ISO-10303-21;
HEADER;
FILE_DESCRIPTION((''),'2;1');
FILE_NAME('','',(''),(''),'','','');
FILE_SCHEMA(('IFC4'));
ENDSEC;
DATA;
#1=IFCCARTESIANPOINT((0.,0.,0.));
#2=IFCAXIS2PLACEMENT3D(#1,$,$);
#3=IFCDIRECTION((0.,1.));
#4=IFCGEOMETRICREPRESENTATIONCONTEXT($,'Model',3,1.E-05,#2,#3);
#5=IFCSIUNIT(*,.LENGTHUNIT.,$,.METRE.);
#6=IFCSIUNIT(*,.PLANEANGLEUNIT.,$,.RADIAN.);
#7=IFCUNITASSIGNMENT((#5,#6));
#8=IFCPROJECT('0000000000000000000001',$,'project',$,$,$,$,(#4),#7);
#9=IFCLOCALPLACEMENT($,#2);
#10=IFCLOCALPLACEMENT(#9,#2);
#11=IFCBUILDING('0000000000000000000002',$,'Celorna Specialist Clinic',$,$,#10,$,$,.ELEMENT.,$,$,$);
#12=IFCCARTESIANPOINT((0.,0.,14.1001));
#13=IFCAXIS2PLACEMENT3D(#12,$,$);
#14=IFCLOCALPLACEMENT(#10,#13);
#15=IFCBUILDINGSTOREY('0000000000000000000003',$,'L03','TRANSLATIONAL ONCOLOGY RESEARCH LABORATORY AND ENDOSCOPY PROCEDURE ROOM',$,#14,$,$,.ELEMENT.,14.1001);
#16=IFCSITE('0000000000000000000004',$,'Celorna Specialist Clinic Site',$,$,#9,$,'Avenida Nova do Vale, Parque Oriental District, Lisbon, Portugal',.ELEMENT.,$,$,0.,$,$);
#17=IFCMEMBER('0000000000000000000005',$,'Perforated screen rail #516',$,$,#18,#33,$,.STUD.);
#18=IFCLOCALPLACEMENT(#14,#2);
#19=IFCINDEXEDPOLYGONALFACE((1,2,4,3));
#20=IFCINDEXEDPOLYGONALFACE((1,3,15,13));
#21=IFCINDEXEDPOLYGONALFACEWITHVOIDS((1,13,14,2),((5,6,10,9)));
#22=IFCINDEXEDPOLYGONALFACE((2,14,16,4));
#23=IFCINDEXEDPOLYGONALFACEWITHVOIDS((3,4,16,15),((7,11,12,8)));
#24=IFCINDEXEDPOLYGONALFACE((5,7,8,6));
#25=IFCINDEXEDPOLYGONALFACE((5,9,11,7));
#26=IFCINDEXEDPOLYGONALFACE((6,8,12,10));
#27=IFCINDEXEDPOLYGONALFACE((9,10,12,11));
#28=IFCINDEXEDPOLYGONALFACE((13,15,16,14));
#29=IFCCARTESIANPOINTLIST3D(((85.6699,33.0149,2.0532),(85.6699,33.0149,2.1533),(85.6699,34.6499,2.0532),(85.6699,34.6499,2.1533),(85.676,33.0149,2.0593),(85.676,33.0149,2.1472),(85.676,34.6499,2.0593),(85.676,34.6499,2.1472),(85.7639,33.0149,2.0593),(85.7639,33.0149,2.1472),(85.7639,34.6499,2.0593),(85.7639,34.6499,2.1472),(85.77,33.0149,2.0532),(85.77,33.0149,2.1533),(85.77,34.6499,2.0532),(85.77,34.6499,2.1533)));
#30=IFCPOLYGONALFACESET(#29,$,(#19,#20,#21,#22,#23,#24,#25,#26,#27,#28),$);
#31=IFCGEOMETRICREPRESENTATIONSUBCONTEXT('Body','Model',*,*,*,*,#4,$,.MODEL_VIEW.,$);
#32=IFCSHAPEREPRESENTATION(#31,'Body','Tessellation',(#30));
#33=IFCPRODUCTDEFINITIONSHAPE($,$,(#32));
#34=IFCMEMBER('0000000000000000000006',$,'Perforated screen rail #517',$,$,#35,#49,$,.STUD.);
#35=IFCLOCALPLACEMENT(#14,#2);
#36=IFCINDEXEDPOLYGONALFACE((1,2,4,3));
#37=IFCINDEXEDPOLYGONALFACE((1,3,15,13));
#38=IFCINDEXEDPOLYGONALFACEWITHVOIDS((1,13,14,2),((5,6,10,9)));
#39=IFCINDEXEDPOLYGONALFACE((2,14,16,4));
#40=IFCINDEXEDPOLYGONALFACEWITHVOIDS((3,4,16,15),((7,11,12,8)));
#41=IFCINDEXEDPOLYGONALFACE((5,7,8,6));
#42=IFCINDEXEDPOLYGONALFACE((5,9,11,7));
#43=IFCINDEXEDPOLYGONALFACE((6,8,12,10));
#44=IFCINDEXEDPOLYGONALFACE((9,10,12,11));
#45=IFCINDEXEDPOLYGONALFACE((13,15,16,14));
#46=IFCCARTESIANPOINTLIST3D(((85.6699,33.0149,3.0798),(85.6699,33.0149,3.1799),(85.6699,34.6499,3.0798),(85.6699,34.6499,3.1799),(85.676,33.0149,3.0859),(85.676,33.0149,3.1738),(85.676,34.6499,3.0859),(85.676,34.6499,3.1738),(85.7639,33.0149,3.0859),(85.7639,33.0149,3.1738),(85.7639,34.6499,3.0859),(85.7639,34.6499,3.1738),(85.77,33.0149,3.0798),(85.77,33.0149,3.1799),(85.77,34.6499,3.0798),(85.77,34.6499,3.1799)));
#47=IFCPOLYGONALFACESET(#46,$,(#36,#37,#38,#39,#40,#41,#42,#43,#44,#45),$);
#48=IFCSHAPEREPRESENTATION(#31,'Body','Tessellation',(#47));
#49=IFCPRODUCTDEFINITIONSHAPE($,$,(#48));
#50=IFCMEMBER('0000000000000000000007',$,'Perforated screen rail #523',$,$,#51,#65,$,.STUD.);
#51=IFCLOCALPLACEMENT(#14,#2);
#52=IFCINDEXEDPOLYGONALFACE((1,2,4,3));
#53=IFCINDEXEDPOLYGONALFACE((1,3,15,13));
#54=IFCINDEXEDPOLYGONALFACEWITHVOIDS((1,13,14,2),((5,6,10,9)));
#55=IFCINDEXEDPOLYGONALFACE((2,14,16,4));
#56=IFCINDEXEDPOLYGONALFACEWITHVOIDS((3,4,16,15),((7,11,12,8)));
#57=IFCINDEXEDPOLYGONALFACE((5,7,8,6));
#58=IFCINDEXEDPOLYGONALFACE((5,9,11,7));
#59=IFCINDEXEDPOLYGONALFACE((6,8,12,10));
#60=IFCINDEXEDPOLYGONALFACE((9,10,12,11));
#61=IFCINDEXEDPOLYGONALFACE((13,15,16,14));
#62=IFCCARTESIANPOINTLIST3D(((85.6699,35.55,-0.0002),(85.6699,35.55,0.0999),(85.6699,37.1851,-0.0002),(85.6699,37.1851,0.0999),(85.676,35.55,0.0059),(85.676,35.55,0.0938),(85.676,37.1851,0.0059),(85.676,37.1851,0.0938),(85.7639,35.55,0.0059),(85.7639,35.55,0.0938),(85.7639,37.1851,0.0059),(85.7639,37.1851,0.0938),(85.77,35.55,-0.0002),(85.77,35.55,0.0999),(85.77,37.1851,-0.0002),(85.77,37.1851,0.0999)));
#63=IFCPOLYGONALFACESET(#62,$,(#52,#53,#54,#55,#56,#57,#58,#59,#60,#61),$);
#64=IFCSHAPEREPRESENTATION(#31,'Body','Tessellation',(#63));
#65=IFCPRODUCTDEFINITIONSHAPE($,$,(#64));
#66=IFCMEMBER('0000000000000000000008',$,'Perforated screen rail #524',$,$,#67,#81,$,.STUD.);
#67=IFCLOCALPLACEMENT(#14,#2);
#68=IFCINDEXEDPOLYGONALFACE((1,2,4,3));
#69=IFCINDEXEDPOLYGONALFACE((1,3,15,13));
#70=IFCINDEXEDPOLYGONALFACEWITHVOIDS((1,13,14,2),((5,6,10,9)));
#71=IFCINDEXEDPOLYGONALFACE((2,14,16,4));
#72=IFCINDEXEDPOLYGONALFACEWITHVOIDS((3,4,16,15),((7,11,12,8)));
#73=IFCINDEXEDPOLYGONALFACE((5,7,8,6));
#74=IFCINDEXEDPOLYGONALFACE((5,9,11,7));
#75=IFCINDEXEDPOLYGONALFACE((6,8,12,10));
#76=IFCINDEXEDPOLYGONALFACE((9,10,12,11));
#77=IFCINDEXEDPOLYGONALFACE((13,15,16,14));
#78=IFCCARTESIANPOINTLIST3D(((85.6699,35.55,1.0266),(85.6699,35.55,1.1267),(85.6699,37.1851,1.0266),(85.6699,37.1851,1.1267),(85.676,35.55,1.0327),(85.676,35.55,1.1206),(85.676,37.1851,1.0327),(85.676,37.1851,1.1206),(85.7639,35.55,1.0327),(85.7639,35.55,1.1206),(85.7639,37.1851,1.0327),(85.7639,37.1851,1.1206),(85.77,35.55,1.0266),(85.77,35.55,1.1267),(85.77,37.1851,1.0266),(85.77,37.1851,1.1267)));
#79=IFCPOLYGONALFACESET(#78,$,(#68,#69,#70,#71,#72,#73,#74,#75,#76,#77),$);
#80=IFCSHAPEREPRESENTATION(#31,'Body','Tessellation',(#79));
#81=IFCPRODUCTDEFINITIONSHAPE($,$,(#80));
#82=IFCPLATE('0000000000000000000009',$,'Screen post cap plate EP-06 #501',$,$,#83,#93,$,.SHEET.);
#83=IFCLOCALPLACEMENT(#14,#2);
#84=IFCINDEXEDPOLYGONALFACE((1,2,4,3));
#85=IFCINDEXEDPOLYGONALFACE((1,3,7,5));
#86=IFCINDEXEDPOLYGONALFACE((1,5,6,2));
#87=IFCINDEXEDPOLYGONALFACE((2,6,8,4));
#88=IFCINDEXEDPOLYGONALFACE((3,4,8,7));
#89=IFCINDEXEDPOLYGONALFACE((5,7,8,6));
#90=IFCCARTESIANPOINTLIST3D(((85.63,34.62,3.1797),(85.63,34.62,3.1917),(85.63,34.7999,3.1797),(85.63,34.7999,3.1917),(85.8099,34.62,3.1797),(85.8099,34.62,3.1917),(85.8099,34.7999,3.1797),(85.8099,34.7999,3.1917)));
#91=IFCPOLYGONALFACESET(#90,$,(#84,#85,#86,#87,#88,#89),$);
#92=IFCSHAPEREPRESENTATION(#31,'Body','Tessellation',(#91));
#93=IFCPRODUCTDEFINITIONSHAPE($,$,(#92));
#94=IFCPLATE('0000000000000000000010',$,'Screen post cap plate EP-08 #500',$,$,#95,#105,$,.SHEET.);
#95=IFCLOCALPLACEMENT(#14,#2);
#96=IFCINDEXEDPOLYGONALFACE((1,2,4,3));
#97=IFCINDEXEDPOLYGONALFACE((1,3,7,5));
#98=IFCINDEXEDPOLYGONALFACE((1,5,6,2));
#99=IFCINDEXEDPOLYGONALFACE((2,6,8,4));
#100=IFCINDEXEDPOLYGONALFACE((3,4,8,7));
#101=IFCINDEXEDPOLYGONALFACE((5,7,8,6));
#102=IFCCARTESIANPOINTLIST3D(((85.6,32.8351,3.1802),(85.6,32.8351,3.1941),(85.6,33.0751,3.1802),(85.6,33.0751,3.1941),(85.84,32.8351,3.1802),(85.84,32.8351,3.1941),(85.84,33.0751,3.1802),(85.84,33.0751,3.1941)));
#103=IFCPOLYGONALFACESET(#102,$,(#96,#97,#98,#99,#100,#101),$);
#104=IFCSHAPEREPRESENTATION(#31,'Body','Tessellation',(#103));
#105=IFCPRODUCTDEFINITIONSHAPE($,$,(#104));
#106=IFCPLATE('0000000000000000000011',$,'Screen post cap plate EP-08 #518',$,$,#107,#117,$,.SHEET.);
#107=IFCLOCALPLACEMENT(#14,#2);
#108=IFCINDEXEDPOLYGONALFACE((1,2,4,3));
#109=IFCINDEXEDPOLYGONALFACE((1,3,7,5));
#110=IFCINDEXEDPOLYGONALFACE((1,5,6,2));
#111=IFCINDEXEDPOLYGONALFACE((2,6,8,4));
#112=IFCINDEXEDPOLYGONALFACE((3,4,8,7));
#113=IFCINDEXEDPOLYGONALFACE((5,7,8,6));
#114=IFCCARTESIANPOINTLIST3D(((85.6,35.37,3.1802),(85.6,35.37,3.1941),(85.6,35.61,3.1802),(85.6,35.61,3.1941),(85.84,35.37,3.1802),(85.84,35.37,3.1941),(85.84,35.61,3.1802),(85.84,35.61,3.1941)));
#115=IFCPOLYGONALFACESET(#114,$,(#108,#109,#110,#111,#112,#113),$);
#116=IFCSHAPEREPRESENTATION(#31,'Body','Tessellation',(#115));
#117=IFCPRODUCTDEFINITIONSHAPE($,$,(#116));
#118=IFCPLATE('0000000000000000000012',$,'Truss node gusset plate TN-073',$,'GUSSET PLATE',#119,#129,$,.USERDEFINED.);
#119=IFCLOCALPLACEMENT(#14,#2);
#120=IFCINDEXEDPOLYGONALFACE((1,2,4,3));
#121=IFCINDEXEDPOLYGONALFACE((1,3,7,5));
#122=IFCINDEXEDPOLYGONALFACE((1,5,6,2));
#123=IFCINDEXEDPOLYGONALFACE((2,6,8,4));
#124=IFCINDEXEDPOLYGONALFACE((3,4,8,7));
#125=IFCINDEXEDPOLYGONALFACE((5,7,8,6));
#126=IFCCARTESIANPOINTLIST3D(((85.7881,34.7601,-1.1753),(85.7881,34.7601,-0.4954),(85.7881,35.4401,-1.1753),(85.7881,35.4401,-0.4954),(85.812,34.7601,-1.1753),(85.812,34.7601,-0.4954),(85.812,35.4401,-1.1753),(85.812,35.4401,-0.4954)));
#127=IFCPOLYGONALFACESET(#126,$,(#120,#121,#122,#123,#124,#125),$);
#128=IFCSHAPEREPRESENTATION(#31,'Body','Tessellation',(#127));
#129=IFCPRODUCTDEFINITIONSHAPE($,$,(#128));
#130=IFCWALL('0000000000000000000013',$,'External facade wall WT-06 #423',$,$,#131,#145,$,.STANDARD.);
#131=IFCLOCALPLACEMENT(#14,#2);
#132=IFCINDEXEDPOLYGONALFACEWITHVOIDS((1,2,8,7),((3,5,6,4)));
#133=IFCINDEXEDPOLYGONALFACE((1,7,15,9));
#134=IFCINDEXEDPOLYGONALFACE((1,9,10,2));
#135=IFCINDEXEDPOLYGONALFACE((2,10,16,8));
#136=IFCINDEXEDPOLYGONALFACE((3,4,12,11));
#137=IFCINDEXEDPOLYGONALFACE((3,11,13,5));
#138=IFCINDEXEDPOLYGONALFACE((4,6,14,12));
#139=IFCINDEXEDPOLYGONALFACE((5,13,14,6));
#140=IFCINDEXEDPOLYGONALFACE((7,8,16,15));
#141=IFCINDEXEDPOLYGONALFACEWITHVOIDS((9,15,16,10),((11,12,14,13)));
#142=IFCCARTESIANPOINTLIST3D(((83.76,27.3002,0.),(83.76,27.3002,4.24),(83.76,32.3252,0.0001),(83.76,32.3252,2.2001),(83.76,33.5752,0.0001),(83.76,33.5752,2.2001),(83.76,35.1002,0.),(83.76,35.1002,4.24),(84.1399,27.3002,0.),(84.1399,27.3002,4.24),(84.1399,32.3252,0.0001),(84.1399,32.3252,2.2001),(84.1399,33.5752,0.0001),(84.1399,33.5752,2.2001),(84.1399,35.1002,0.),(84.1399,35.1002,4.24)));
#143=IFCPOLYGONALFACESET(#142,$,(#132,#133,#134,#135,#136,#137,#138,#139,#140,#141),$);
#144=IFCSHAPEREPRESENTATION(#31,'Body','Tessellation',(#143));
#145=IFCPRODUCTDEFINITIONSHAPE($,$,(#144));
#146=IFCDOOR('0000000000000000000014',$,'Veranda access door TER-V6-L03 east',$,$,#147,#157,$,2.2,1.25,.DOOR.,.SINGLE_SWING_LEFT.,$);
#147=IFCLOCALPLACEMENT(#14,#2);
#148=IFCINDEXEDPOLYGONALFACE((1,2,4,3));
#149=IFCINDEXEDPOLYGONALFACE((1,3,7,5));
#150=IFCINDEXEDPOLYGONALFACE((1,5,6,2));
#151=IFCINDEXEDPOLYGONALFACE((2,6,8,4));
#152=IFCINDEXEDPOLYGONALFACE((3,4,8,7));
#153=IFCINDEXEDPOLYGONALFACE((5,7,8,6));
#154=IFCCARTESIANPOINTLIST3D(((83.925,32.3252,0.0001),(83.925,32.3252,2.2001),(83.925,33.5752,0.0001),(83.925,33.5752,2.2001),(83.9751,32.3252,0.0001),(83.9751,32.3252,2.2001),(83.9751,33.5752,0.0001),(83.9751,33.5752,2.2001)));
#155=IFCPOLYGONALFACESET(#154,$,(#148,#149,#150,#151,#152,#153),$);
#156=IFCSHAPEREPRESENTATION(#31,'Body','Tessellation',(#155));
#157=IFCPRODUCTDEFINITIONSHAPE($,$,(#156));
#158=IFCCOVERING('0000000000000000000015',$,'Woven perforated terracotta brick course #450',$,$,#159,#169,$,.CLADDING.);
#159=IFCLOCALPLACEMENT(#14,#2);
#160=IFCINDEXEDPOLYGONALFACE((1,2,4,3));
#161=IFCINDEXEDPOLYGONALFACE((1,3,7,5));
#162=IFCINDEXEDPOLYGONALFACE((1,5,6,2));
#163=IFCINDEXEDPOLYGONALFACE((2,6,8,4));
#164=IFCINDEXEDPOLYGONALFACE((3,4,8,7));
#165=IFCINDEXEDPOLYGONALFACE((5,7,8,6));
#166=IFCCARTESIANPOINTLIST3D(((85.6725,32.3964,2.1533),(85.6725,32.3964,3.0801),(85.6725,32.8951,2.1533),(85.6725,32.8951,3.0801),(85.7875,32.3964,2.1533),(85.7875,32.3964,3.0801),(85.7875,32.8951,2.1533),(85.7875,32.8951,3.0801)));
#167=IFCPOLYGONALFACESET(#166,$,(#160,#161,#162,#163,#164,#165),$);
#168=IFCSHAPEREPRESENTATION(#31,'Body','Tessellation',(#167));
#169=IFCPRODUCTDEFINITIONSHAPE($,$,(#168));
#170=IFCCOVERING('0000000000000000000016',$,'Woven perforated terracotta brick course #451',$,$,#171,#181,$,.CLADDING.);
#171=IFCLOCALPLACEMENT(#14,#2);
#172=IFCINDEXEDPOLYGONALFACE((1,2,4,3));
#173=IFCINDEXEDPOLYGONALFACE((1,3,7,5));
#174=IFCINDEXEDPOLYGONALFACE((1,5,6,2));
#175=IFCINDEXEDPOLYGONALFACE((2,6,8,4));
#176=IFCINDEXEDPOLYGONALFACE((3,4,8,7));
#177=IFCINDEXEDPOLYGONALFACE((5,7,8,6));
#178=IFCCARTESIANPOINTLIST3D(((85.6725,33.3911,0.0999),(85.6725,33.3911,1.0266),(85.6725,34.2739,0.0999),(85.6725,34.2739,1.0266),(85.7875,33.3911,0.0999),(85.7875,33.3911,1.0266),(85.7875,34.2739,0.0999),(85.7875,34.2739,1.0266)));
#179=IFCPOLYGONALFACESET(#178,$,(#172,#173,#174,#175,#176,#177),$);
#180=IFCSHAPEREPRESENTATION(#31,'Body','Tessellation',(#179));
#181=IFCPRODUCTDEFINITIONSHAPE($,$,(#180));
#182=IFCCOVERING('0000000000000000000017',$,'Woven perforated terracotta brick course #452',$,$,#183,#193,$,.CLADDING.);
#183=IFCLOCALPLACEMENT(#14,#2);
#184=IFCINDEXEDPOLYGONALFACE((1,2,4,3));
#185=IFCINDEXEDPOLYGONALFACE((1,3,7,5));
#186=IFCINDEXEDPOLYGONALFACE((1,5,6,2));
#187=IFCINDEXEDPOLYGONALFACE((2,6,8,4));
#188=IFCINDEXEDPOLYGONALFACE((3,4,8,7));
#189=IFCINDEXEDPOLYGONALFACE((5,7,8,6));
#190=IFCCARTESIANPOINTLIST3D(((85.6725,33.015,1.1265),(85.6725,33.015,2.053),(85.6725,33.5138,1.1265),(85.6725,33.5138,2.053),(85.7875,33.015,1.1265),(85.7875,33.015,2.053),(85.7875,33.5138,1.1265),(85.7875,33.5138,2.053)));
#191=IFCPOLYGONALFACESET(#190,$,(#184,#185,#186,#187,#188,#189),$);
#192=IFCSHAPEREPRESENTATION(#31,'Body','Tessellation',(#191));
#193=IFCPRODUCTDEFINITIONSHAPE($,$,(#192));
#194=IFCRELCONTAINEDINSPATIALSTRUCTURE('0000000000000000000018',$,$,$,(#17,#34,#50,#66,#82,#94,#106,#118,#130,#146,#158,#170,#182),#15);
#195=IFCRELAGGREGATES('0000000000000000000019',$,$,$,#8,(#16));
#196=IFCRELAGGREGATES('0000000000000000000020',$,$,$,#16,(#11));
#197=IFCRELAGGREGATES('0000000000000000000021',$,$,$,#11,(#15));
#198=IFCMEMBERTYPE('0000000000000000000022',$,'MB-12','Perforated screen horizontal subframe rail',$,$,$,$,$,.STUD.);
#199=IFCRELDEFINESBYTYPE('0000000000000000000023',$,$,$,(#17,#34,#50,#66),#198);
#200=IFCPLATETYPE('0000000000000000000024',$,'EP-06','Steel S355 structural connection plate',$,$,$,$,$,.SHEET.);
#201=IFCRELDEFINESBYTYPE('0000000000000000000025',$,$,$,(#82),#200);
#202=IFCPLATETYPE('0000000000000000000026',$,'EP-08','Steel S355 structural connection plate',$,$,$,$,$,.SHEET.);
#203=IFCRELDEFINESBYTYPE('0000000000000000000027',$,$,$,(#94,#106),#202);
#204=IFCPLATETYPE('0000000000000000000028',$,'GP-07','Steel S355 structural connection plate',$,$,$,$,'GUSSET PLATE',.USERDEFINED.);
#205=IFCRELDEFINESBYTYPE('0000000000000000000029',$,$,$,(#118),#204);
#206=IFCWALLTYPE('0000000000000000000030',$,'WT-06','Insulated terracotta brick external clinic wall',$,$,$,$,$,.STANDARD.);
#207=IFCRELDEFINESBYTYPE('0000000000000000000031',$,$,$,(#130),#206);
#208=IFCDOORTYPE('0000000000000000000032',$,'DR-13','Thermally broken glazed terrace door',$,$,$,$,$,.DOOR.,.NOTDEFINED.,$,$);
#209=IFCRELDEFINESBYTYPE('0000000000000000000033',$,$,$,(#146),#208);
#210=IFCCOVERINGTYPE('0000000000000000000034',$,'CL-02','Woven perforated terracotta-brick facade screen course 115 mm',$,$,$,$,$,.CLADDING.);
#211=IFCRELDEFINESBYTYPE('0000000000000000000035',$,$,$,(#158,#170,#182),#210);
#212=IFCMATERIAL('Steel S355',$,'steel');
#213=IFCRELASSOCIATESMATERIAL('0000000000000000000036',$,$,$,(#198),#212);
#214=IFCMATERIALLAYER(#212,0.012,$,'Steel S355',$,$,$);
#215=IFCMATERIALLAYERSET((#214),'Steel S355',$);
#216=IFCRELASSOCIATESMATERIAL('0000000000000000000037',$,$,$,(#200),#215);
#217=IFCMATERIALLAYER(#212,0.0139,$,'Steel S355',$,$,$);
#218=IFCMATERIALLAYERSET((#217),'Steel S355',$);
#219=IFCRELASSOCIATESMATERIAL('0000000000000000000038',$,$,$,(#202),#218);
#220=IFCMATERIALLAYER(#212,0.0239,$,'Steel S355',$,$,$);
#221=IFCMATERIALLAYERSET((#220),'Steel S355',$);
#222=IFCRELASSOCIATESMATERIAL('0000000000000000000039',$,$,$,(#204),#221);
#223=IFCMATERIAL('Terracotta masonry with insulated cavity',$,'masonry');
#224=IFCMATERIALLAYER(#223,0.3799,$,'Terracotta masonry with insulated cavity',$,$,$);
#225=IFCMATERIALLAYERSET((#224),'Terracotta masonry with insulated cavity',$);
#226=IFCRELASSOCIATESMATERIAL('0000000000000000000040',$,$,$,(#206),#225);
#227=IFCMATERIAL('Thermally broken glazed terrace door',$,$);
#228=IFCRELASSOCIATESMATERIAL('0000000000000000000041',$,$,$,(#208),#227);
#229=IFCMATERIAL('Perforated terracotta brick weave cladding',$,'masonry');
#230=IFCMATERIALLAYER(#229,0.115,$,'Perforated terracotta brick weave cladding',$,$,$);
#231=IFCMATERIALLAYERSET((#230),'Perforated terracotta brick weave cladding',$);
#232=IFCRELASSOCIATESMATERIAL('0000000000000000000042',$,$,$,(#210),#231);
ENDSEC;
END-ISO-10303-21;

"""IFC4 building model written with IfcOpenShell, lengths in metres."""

from ifc_helpers import new_model, si_unit, direction, frame, frame_2d, origin, origin_2d, place, context, subcontext, project, spatial, rectangle, hollow_rectangle, extrude, material, layer, layer_set, material_profile, profile_set, type_object, element, fill, save


model = new_model("IFC4")

# Units and contexts
model_context = context("Model", 3, precision=1e-05, world=origin(), true_north=direction((0.0, 1.0)))
body_context = subcontext(model_context, "Body", "Model", "MODEL_VIEW")
ifc_project = project(units=[si_unit("LENGTHUNIT", "METRE"), si_unit("PLANEANGLEUNIT", "RADIAN")], contexts=[model_context])

# Site, building, storey
site_placement = place(None, origin())
site = spatial("IfcSite", under=ifc_project, at=site_placement, Name="Celorna Specialist Clinic Site", LongName="Avenida Nova do Vale, Parque Oriental District, Lisbon, Portugal", CompositionType="ELEMENT", RefElevation=0.0)
building_placement = place(site_placement, origin())
building = spatial("IfcBuilding", under=site, at=building_placement, Name="Celorna Specialist Clinic", CompositionType="ELEMENT")
storey_placement = place(building_placement, frame((0.0, 0.0, 14.1001)))
storey = spatial("IfcBuildingStorey", under=building, at=storey_placement, Name="L03", Description="TRANSLATIONAL ONCOLOGY RESEARCH LABORATORY AND ENDOSCOPY PROCEDURE ROOM", CompositionType="ELEMENT", Elevation=14.1001)

# Shared definitions
ifc_material_1 = material(Name="Steel S355", Category="steel")

# Members
ifc_material_profile_1 = material_profile(ifc_material_1, hollow_rectangle(XDim=0.1001, YDim=0.1001, WallThickness=0.0061, at=origin_2d()), Name="SHS 100x100x6")
ifc_profile_set_1 = profile_set([ifc_material_profile_1], Name="Steel S355")
member_type_1 = type_object("IfcMemberType", Name="MB-12", Description="Perforated screen horizontal subframe rail", PredefinedType="STUD", material=ifc_profile_set_1)
for number, where, z_axis, x_axis, name in (
    (1, (85.72, 33.0149, 2.1033), (0.0, 1.0, 0.0), (-1.0, 0.0, 0.0), "Perforated screen rail #516"),
    (2, (85.72, 33.0149, 3.1299), (0.0, 1.0, 0.0), (-1.0, 0.0, 0.0), "Perforated screen rail #517"),
    (3, (85.72, 35.55, 0.0498), (0.0, 1.0, 0.0), (-1.0, 0.0, 0.0), "Perforated screen rail #523"),
    (4, (85.72, 35.55, 1.0767), (0.0, 1.0, 0.0), (-1.0, 0.0, 0.0), "Perforated screen rail #524"),
):
    element("IfcMember", number, at=place(storey_placement, frame(where, z_axis=z_axis, x_axis=x_axis)), inside=storey, type_object=member_type_1, Name=name, PredefinedType="STUD", context=body_context, shape_type="SweptSolid", body=[
        extrude(hollow_rectangle(XDim=0.1001, YDim=0.1001, WallThickness=0.0061, at=origin_2d()), origin(), (0.0, 0.0, 1.0), 1.635),
    ])

# Plates
ifc_layer_1 = layer(ifc_material_1, 0.012, Name="Steel S355")
ifc_layer_set_1 = layer_set([ifc_layer_1], Name="Steel S355")
plate_type_1 = type_object("IfcPlateType", Name="EP-06", Description="Steel S355 structural connection plate", PredefinedType="SHEET", material=ifc_layer_set_1)
plate_1_placement = place(storey_placement, frame((85.72, 34.71, 3.1797), z_axis=(0.0, 0.0, 1.0), x_axis=(0.0, 1.0, 0.0)))
element("IfcPlate", 5, at=plate_1_placement, inside=storey, type_object=plate_type_1, Name="Screen post cap plate EP-06 #501", PredefinedType="SHEET", context=body_context, shape_type="SweptSolid", body=[
    extrude(rectangle(XDim=0.1799, YDim=0.1799, at=origin_2d()), origin(), (0.0, 0.0, 1.0), 0.012),
])
ifc_layer_2 = layer(ifc_material_1, 0.0139, Name="Steel S355")
ifc_layer_set_2 = layer_set([ifc_layer_2], Name="Steel S355")
plate_type_2 = type_object("IfcPlateType", Name="EP-08", Description="Steel S355 structural connection plate", PredefinedType="SHEET", material=ifc_layer_set_2)
for number, where, z_axis, x_axis, name in (
    (6, (85.72, 32.9551, 3.1802), (0.0, 0.0, 1.0), (0.0, 1.0, 0.0), "Screen post cap plate EP-08 #500"),
    (7, (85.72, 35.49, 3.1802), (0.0, 0.0, 1.0), (0.0, 1.0, 0.0), "Screen post cap plate EP-08 #518"),
):
    element("IfcPlate", number, at=place(storey_placement, frame(where, z_axis=z_axis, x_axis=x_axis)), inside=storey, type_object=plate_type_2, Name=name, PredefinedType="SHEET", context=body_context, shape_type="SweptSolid", body=[
        extrude(rectangle(XDim=0.24, YDim=0.24, at=origin_2d()), origin(), (0.0, 0.0, 1.0), 0.0139),
    ])
ifc_layer_3 = layer(ifc_material_1, 0.0239, Name="Steel S355")
ifc_layer_set_3 = layer_set([ifc_layer_3], Name="Steel S355")
plate_type_3 = type_object("IfcPlateType", Name="GP-07", Description="Steel S355 structural connection plate", ElementType="GUSSET PLATE", PredefinedType="USERDEFINED", material=ifc_layer_set_3)
plate_2_placement = place(storey_placement, frame((85.8, 35.1001, -1.1753), z_axis=(0.0, 0.0, 1.0), x_axis=(0.0, 1.0, 0.0)))
element("IfcPlate", 8, at=plate_2_placement, inside=storey, type_object=plate_type_3, Name="Truss node gusset plate TN-073", ObjectType="GUSSET PLATE", PredefinedType="USERDEFINED", context=body_context, shape_type="SweptSolid", body=[
    extrude(rectangle(XDim=0.6799, YDim=0.0239, at=origin_2d()), origin(), (0.0, 0.0, 1.0), 0.6799),
])

# Wall, opening, door
ifc_material_2 = material(Name="Terracotta masonry with insulated cavity", Category="masonry")
ifc_layer_4 = layer(ifc_material_2, 0.3799, Name="Terracotta masonry with insulated cavity")
ifc_layer_set_4 = layer_set([ifc_layer_4], Name="Terracotta masonry with insulated cavity")
wall_type = type_object("IfcWallType", Name="WT-06", Description="Insulated terracotta brick external clinic wall", PredefinedType="STANDARD", material=ifc_layer_set_4)
wall_placement = place(storey_placement, frame((83.95, 35.1001, 0.0), z_axis=(0.0, 0.0, 1.0), x_axis=(0.0, -1.0, 0.0)))
wall = element("IfcWall", 9, at=wall_placement, inside=storey, type_object=wall_type, Name="External facade wall WT-06 #423", PredefinedType="STANDARD", context=body_context, shape_type="SweptSolid", body=[
    extrude(rectangle(XDim=7.8, YDim=0.3799, at=frame_2d((3.8999, 0.0))), origin(), (0.0, 0.0, 1.0), 4.24),
])
opening_placement = place(wall_placement, frame((1.5249, 0.0, 0.0)))
opening = element("IfcOpeningElement", 10, at=opening_placement, cuts=wall, PredefinedType="OPENING", context=body_context, shape_type="SweptSolid", body=[
    extrude(rectangle(XDim=1.25, YDim=2.2, at=frame_2d((0.625, 1.1001))), frame((0.0, 0.2, 0.0), z_axis=(0.0, -1.0, 0.0), x_axis=(1.0, 0.0, 0.0)), (0.0, 0.0, 1.0), 0.3999),
])
ifc_material_3 = material(Name="Thermally broken glazed terrace door")
door_type = type_object("IfcDoorType", Name="DR-13", Description="Thermally broken glazed terrace door", OperationType="NOTDEFINED", PredefinedType="DOOR", material=ifc_material_3)
door_placement = place(opening_placement, frame((1.25, 0.0, 0.0), z_axis=(0.0, 0.0, 1.0), x_axis=(-1.0, 0.0, 0.0)))
door = element("IfcDoor", 11, at=door_placement, inside=storey, type_object=door_type, Name="Veranda access door TER-V6-L03 east", OperationType="SINGLE_SWING_LEFT", OverallHeight=2.2, OverallWidth=1.25, PredefinedType="DOOR", context=body_context, shape_type="SweptSolid", body=[
    extrude(rectangle(XDim=1.25, YDim=2.2, at=frame_2d((0.625, 1.1001))), frame((0.0, 0.0249, 0.0), z_axis=(0.0, -1.0, 0.0), x_axis=(1.0, 0.0, 0.0)), (0.0, 0.0, 1.0), 0.05),
])
fill(opening, door)

# Coverings
ifc_material_4 = material(Name="Perforated terracotta brick weave cladding", Category="masonry")
ifc_layer_5 = layer(ifc_material_4, 0.115, Name="Perforated terracotta brick weave cladding")
ifc_layer_set_5 = layer_set([ifc_layer_5], Name="Perforated terracotta brick weave cladding")
covering_type = type_object("IfcCoveringType", Name="CL-02", Description="Woven perforated terracotta-brick facade screen course 115 mm", PredefinedType="CLADDING", material=ifc_layer_set_5)
covering_1_placement = place(storey_placement, frame((85.73, 32.6458, 2.1533), z_axis=(0.0, 0.0, 1.0), x_axis=(0.0, 1.0, 0.0)))
element("IfcCovering", 12, at=covering_1_placement, inside=storey, type_object=covering_type, Name="Woven perforated terracotta brick course #450", PredefinedType="CLADDING", context=body_context, shape_type="SweptSolid", body=[
    extrude(rectangle(XDim=0.4988, YDim=0.115, at=origin_2d()), origin(), (0.0, 0.0, 1.0), 0.9268),
])
covering_2_placement = place(storey_placement, frame((85.73, 33.8325, 0.0999), z_axis=(0.0, 0.0, 1.0), x_axis=(0.0, 1.0, 0.0)))
element("IfcCovering", 13, at=covering_2_placement, inside=storey, type_object=covering_type, Name="Woven perforated terracotta brick course #451", PredefinedType="CLADDING", context=body_context, shape_type="SweptSolid", body=[
    extrude(rectangle(XDim=0.8828, YDim=0.115, at=origin_2d()), origin(), (0.0, 0.0, 1.0), 0.9268),
])
for number, where, z_axis, x_axis, name in (
    (14, (85.73, 33.2644, 1.1265), (0.0, 0.0, 1.0), (0.0, 1.0, 0.0), "Woven perforated terracotta brick course #452"),
):
    element("IfcCovering", number, at=place(storey_placement, frame(where, z_axis=z_axis, x_axis=x_axis)), inside=storey, type_object=covering_type, Name=name, PredefinedType="CLADDING", context=body_context, shape_type="SweptSolid", body=[
        extrude(rectangle(XDim=0.4988, YDim=0.115, at=origin_2d()), origin(), (0.0, 0.0, 1.0), 0.9265),
    ])

save(model, "model.ifc")
